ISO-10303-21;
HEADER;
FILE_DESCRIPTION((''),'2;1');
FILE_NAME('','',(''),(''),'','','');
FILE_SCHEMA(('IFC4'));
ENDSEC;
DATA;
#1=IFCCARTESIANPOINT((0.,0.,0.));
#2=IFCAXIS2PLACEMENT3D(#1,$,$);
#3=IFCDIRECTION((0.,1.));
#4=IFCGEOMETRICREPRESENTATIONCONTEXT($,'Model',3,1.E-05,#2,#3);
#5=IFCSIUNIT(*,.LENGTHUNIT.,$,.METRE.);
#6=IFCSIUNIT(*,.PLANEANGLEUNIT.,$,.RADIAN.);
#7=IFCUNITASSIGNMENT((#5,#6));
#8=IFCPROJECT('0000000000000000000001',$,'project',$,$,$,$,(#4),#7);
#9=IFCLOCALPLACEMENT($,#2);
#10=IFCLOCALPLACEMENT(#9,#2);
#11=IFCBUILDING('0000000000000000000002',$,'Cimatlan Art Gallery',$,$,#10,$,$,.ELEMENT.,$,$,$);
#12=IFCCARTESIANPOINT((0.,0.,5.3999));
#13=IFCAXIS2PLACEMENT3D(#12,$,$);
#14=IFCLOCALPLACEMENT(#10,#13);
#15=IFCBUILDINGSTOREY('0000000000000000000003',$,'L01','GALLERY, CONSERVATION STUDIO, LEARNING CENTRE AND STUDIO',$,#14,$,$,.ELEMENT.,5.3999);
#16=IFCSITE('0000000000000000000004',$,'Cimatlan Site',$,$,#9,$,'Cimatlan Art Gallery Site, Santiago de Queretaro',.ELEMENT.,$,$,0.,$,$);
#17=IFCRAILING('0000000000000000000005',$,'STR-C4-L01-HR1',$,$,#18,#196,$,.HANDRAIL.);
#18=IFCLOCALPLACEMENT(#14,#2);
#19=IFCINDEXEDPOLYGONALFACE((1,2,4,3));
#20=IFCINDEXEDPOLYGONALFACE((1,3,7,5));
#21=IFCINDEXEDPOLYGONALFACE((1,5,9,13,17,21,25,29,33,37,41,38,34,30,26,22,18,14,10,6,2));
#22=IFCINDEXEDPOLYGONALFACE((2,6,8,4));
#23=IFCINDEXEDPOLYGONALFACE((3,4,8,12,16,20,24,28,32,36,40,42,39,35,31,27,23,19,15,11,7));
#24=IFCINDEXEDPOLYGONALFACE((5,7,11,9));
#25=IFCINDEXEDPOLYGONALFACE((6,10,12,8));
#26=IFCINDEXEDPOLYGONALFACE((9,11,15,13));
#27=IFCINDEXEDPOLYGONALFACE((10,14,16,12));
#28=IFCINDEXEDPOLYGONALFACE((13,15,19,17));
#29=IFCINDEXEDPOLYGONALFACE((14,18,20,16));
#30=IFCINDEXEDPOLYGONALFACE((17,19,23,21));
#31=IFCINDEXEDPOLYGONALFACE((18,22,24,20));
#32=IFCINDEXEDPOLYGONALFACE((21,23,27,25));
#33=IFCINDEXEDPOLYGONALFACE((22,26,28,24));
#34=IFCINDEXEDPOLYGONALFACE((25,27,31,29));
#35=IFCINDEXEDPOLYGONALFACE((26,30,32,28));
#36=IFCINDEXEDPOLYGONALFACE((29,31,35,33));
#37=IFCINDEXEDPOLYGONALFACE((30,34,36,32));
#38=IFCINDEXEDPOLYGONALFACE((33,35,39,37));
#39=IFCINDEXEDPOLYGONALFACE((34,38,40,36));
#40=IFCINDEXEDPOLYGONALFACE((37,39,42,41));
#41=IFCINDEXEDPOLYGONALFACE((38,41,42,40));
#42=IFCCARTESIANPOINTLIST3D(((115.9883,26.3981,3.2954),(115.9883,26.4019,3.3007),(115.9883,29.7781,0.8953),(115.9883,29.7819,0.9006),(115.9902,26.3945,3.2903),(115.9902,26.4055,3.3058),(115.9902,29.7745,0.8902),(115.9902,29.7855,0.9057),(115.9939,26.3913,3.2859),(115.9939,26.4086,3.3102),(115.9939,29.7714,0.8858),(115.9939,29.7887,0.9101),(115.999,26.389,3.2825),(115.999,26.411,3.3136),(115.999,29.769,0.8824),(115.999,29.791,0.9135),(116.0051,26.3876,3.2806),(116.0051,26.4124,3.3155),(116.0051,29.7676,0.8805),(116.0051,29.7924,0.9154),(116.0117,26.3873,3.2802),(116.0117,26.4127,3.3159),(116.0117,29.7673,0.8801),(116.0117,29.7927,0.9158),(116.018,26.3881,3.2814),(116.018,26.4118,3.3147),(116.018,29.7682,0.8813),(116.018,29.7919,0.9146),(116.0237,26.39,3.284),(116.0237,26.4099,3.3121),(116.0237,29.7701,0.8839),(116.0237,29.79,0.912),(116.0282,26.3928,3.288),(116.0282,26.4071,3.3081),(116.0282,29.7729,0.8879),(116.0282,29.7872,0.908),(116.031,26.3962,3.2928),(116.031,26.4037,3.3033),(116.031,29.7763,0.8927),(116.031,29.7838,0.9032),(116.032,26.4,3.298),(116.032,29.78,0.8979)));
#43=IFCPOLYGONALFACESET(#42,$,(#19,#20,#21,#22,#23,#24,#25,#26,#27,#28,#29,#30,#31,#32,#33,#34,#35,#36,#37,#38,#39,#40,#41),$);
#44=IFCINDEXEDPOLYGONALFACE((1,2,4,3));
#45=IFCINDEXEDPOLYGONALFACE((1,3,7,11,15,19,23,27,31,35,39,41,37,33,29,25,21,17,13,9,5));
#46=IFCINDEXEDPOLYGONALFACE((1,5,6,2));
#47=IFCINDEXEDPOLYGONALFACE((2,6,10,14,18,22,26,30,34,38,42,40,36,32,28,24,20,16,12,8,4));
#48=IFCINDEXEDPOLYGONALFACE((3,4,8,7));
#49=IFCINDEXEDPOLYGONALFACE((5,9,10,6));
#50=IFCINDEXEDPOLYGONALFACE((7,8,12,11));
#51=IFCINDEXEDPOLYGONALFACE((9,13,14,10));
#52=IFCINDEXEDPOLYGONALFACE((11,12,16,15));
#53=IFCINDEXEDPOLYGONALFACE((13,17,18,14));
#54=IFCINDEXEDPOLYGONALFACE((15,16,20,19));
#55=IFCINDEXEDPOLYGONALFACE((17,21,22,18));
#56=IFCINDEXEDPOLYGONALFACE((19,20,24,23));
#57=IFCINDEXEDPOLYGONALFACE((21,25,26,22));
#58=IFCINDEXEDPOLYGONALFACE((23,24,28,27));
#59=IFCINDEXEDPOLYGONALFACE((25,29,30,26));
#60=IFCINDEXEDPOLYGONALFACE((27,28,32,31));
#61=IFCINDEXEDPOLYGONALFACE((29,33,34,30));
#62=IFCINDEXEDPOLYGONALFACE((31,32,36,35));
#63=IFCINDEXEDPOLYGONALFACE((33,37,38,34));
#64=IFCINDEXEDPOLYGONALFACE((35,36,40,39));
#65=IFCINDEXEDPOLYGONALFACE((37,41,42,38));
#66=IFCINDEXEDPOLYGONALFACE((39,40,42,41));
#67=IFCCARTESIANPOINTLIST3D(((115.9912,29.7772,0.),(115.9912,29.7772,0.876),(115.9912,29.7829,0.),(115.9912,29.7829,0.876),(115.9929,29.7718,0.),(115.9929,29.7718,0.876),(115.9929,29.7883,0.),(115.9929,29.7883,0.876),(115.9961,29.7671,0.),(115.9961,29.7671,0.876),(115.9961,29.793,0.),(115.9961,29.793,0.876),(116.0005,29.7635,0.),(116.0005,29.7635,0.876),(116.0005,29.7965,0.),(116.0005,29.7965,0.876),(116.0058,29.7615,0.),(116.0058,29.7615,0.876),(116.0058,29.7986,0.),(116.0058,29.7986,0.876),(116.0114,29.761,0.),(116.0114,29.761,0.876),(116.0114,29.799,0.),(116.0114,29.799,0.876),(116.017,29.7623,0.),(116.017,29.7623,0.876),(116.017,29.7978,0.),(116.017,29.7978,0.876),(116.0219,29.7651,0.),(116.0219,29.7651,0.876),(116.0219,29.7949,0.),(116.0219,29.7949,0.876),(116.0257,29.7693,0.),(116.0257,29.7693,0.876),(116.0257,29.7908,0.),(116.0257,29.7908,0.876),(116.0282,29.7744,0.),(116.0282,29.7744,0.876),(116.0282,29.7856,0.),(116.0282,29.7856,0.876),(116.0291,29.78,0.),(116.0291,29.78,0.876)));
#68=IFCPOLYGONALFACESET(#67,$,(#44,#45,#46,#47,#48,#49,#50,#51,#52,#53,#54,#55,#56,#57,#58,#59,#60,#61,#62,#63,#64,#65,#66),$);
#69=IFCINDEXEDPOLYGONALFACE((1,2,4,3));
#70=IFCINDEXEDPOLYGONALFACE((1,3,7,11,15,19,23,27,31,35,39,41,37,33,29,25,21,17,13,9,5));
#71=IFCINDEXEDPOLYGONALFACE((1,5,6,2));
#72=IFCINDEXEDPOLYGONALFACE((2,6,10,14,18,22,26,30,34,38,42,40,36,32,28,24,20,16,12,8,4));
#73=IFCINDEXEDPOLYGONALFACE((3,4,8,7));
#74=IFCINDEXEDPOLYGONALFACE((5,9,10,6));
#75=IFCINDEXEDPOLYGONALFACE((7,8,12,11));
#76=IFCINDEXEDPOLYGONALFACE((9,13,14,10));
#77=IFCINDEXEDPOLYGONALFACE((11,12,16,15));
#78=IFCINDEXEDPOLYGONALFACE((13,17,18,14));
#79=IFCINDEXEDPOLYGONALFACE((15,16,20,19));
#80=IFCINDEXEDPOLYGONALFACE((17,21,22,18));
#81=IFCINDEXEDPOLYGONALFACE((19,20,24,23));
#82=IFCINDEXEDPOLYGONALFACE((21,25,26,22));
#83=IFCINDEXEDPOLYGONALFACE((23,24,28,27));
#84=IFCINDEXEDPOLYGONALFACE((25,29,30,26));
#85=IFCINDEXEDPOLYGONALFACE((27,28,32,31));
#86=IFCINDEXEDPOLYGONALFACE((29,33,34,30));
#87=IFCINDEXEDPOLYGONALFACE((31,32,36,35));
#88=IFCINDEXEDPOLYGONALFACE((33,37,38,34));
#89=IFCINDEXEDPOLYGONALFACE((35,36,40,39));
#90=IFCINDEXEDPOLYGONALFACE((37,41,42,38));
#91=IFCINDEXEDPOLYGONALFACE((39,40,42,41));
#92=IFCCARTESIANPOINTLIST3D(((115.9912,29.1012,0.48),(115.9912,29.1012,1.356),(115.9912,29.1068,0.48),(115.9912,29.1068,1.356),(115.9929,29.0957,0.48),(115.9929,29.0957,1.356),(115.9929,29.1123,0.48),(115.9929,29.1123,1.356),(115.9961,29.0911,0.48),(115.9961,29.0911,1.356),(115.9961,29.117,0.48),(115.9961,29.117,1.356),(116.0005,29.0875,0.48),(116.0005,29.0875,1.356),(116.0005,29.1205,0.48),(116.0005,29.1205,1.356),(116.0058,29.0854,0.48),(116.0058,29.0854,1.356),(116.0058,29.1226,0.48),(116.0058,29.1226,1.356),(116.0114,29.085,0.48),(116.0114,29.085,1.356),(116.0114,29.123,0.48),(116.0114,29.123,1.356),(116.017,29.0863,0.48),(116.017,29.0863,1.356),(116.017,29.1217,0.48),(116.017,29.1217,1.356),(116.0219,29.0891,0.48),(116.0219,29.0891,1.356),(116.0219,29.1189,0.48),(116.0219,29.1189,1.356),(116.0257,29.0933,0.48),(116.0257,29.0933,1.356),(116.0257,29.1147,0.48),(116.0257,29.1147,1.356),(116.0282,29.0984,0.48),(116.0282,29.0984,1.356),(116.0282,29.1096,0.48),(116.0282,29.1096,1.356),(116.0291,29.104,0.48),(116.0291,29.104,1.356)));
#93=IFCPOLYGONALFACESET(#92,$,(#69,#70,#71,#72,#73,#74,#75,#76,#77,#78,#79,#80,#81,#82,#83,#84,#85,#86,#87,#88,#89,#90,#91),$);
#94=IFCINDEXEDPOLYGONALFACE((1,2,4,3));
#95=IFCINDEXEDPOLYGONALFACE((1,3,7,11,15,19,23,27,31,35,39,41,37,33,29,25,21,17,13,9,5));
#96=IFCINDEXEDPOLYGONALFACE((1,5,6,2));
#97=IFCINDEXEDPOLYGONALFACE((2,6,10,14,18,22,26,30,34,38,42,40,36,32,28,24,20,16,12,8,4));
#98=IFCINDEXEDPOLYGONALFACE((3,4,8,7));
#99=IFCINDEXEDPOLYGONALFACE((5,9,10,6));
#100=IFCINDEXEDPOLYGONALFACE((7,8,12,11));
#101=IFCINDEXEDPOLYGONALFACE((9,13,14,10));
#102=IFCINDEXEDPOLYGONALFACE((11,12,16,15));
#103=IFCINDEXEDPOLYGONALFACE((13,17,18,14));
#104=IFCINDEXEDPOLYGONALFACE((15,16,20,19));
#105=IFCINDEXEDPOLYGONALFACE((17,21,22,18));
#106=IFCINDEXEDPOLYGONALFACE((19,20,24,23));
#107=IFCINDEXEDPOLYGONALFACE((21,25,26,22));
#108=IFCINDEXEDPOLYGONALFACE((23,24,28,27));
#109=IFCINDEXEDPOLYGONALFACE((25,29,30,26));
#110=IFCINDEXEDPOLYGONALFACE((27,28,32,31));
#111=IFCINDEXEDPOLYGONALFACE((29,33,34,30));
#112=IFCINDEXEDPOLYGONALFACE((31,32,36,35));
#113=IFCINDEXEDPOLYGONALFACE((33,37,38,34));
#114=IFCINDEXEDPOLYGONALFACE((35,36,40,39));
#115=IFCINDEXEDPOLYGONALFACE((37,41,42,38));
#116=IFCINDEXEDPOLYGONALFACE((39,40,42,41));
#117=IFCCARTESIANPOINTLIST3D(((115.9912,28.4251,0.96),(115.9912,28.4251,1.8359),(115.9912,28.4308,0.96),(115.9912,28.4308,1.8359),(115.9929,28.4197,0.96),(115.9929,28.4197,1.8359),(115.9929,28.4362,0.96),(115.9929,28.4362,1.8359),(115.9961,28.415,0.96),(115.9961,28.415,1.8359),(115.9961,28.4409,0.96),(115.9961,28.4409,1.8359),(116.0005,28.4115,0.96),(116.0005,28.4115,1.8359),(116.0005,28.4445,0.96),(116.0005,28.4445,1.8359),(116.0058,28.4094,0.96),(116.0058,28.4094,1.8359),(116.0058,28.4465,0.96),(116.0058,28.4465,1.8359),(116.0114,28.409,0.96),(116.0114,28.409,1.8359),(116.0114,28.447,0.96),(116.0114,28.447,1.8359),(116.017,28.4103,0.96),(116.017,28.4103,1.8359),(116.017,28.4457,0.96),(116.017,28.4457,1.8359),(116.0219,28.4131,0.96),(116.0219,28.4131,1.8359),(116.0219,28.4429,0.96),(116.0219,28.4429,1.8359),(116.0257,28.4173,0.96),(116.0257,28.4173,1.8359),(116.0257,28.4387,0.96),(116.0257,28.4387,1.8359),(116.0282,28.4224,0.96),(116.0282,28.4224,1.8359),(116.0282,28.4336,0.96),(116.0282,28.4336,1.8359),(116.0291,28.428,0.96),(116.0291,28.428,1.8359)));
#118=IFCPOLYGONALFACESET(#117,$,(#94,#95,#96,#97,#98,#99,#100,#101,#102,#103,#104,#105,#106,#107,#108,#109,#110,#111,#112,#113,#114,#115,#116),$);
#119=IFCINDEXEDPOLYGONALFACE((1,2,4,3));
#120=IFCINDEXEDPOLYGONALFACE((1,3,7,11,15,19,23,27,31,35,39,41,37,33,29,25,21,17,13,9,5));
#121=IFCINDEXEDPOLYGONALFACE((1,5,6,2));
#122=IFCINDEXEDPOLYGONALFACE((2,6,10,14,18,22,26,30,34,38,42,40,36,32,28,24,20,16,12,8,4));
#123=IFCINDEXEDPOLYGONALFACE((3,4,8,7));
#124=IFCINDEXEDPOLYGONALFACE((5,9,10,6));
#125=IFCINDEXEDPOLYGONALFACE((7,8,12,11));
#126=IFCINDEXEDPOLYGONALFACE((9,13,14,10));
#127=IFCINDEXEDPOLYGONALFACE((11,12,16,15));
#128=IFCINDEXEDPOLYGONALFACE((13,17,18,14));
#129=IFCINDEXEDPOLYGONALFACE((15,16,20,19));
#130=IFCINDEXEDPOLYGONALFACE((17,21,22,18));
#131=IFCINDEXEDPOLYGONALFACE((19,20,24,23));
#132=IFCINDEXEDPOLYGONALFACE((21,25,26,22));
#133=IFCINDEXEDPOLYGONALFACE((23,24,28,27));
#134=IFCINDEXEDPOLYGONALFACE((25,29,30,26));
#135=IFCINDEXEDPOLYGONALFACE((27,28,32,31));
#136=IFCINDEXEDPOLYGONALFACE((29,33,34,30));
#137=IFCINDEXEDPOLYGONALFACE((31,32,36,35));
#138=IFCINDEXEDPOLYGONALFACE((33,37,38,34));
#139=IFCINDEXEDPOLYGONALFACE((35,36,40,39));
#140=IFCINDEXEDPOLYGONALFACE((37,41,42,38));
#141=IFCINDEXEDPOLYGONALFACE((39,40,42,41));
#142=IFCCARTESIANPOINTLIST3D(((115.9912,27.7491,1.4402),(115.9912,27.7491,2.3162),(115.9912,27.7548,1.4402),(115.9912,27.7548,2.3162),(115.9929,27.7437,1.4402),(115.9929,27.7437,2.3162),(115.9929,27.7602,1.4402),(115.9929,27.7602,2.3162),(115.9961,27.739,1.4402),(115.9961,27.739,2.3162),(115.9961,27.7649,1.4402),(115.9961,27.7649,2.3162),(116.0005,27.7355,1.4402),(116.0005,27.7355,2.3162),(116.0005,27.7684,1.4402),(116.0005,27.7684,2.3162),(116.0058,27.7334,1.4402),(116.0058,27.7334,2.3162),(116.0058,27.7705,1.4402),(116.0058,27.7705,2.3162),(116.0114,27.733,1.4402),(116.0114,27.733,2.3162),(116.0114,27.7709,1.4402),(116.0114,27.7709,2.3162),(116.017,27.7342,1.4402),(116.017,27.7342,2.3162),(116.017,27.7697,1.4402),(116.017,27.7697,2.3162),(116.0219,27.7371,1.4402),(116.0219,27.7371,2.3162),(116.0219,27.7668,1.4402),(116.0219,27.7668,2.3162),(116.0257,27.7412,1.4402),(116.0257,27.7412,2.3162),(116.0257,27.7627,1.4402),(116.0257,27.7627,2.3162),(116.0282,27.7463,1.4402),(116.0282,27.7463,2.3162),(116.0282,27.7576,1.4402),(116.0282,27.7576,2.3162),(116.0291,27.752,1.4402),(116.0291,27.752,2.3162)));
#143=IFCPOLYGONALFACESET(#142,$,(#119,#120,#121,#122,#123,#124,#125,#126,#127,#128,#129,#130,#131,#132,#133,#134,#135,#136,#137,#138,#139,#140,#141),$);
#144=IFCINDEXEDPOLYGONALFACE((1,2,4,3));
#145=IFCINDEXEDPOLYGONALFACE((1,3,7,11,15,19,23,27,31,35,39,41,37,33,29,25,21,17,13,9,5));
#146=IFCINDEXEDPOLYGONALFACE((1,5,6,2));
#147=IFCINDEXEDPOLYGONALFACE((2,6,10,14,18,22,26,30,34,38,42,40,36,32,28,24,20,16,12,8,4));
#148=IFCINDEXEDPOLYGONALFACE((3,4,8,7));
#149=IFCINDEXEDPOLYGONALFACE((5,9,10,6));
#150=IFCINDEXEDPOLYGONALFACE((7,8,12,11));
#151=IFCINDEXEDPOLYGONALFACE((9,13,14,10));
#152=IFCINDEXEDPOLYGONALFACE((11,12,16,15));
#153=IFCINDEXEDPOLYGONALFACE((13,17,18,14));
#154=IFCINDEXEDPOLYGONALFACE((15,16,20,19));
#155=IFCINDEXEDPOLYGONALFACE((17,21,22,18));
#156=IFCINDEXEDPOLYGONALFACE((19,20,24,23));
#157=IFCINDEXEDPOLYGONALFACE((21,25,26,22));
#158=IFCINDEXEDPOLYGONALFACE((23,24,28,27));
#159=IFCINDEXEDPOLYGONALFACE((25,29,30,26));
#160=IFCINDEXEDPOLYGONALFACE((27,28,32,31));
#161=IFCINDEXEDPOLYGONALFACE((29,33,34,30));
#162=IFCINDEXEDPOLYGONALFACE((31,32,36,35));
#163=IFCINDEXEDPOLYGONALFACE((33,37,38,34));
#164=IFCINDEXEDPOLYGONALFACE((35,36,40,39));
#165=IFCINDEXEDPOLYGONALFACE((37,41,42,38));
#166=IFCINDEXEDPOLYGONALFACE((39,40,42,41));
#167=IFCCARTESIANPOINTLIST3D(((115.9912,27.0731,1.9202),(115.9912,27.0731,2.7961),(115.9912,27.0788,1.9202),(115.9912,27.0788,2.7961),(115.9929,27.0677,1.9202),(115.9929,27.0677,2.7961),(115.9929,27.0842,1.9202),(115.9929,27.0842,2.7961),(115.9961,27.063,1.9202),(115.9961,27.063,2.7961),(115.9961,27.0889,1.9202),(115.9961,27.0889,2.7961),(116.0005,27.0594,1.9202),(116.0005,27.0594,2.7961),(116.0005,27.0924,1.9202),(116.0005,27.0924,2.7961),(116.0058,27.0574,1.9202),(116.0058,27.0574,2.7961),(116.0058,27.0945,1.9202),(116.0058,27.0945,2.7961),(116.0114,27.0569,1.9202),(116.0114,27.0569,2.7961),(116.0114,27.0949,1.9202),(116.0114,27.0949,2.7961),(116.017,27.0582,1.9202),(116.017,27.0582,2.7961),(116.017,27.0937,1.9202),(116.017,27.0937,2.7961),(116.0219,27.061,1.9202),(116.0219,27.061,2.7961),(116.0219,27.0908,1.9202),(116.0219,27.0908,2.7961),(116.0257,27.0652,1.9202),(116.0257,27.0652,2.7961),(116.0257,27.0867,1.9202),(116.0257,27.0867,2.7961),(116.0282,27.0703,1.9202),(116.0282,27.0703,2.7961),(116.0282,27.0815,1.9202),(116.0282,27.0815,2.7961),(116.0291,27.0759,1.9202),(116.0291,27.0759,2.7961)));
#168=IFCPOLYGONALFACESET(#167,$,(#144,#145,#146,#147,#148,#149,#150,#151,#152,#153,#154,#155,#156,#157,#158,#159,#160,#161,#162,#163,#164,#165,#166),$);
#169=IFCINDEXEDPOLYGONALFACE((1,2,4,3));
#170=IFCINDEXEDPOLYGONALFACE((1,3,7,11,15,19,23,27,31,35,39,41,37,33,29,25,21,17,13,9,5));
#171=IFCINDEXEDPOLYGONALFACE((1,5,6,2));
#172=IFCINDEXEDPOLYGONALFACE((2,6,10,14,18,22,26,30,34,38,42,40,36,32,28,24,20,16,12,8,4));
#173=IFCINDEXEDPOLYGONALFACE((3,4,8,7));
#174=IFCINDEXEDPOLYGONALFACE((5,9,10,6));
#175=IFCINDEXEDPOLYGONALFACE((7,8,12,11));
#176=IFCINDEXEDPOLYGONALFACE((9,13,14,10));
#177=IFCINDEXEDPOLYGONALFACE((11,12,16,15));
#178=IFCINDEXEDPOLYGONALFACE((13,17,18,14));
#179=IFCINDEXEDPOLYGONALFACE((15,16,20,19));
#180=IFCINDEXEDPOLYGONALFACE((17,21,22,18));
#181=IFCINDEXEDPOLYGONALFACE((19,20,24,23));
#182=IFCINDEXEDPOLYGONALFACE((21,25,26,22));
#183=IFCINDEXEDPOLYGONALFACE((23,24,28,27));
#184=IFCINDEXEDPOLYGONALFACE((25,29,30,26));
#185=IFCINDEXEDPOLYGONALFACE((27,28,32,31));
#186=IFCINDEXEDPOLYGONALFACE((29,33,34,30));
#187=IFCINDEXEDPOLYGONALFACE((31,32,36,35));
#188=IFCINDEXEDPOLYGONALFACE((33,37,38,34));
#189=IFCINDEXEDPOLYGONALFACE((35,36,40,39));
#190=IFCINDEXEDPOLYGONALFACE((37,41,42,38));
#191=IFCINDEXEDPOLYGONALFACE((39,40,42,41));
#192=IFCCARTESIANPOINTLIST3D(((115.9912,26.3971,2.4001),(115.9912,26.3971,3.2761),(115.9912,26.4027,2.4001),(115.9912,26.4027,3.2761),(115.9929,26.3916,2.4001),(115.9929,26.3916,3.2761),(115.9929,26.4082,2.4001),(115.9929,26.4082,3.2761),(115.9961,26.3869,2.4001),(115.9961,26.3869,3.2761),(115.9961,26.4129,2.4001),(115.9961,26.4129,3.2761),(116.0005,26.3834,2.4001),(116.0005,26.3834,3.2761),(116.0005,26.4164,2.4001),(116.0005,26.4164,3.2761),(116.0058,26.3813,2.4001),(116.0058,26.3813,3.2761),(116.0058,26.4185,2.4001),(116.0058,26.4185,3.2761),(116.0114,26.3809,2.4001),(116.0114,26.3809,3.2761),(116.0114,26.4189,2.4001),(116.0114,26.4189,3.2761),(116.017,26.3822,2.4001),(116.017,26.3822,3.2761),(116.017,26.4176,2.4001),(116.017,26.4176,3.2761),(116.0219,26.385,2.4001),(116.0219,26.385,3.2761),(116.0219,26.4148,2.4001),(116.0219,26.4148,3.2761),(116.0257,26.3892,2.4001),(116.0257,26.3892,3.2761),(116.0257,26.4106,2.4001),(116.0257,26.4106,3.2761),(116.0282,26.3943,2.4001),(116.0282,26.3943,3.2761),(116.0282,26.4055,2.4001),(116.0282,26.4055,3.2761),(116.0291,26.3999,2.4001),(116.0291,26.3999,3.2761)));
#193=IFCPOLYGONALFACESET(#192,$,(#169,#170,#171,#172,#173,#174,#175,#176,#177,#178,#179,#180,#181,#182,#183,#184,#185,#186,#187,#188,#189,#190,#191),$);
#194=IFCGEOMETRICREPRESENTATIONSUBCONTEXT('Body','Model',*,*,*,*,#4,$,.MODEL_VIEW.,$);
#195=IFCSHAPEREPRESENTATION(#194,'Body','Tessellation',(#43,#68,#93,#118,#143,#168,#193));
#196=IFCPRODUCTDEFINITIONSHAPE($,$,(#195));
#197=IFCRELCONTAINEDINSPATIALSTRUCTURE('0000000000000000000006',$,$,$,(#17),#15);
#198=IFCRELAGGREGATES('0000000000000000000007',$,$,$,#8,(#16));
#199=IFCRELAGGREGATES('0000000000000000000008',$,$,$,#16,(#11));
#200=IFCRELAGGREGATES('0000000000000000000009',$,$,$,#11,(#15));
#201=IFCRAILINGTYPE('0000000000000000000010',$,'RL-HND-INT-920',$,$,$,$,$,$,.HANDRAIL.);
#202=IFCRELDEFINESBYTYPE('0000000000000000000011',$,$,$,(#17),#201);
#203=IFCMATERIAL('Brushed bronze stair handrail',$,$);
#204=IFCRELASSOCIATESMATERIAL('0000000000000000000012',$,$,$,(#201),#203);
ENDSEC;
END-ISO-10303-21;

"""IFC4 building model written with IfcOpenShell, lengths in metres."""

from ifc_helpers import new_model, si_unit, direction, frame, origin, origin_2d, place, context, subcontext, project, spatial, circle, extrude, material, type_object, element, save


model = new_model("IFC4")

# Units and contexts
model_context = context("Model", 3, precision=1e-05, world=origin(), true_north=direction((0.0, 1.0)))
body_context = subcontext(model_context, "Body", "Model", "MODEL_VIEW")
ifc_project = project(units=[si_unit("LENGTHUNIT", "METRE"), si_unit("PLANEANGLEUNIT", "RADIAN")], contexts=[model_context])

# Site, building, storey
site_placement = place(None, origin())
site = spatial("IfcSite", under=ifc_project, at=site_placement, Name="Cimatlan Site", LongName="Cimatlan Art Gallery Site, Santiago de Queretaro", CompositionType="ELEMENT", RefElevation=0.0)
building_placement = place(site_placement, origin())
building = spatial("IfcBuilding", under=site, at=building_placement, Name="Cimatlan Art Gallery", CompositionType="ELEMENT")
storey_placement = place(building_placement, frame((0.0, 0.0, 5.3999)))
storey = spatial("IfcBuildingStorey", under=building, at=storey_placement, Name="L01", Description="GALLERY, CONSERVATION STUDIO, LEARNING CENTRE AND STUDIO", CompositionType="ELEMENT", Elevation=5.3999)

# Railing
ifc_material_1 = material(Name="Brushed bronze stair handrail")
railing_type_1 = type_object("IfcRailingType", Name="RL-HND-INT-920", PredefinedType="HANDRAIL", material=ifc_material_1)
railing_1_placement = place(storey_placement, frame((116.01, 29.78, 0.0)))
element("IfcRailing", 1, at=railing_1_placement, inside=storey, type_object=railing_type_1, Name="STR-C4-L01-HR1", PredefinedType="HANDRAIL", context=body_context, shape_type="SweptSolid", body=[
    extrude(circle(Radius=0.022, at=origin_2d()), frame((0.0, 0.0, 0.8979), z_axis=(0.0, -0.815354, 0.578963), x_axis=(1.0, 0.0, 0.0)), (0.0, 0.0, 1.0), 4.1455),
    extrude(circle(Radius=0.019, at=origin_2d()), origin(), (0.0, 0.0, 1.0), 0.876),
    extrude(circle(Radius=0.019, at=origin_2d()), frame((0.0, -0.676, 0.48)), (0.0, 0.0, 1.0), 0.876),
    extrude(circle(Radius=0.019, at=origin_2d()), frame((0.0, -1.3521, 0.96)), (0.0, 0.0, 1.0), 0.876),
    extrude(circle(Radius=0.019, at=origin_2d()), frame((0.0, -2.0281, 1.4402)), (0.0, 0.0, 1.0), 0.876),
    extrude(circle(Radius=0.019, at=origin_2d()), frame((0.0, -2.7041, 1.9202)), (0.0, 0.0, 1.0), 0.876),
    extrude(circle(Radius=0.019, at=origin_2d()), frame((0.0, -3.3801, 2.4001)), (0.0, 0.0, 1.0), 0.876),
])

save(model, "model.ifc")
